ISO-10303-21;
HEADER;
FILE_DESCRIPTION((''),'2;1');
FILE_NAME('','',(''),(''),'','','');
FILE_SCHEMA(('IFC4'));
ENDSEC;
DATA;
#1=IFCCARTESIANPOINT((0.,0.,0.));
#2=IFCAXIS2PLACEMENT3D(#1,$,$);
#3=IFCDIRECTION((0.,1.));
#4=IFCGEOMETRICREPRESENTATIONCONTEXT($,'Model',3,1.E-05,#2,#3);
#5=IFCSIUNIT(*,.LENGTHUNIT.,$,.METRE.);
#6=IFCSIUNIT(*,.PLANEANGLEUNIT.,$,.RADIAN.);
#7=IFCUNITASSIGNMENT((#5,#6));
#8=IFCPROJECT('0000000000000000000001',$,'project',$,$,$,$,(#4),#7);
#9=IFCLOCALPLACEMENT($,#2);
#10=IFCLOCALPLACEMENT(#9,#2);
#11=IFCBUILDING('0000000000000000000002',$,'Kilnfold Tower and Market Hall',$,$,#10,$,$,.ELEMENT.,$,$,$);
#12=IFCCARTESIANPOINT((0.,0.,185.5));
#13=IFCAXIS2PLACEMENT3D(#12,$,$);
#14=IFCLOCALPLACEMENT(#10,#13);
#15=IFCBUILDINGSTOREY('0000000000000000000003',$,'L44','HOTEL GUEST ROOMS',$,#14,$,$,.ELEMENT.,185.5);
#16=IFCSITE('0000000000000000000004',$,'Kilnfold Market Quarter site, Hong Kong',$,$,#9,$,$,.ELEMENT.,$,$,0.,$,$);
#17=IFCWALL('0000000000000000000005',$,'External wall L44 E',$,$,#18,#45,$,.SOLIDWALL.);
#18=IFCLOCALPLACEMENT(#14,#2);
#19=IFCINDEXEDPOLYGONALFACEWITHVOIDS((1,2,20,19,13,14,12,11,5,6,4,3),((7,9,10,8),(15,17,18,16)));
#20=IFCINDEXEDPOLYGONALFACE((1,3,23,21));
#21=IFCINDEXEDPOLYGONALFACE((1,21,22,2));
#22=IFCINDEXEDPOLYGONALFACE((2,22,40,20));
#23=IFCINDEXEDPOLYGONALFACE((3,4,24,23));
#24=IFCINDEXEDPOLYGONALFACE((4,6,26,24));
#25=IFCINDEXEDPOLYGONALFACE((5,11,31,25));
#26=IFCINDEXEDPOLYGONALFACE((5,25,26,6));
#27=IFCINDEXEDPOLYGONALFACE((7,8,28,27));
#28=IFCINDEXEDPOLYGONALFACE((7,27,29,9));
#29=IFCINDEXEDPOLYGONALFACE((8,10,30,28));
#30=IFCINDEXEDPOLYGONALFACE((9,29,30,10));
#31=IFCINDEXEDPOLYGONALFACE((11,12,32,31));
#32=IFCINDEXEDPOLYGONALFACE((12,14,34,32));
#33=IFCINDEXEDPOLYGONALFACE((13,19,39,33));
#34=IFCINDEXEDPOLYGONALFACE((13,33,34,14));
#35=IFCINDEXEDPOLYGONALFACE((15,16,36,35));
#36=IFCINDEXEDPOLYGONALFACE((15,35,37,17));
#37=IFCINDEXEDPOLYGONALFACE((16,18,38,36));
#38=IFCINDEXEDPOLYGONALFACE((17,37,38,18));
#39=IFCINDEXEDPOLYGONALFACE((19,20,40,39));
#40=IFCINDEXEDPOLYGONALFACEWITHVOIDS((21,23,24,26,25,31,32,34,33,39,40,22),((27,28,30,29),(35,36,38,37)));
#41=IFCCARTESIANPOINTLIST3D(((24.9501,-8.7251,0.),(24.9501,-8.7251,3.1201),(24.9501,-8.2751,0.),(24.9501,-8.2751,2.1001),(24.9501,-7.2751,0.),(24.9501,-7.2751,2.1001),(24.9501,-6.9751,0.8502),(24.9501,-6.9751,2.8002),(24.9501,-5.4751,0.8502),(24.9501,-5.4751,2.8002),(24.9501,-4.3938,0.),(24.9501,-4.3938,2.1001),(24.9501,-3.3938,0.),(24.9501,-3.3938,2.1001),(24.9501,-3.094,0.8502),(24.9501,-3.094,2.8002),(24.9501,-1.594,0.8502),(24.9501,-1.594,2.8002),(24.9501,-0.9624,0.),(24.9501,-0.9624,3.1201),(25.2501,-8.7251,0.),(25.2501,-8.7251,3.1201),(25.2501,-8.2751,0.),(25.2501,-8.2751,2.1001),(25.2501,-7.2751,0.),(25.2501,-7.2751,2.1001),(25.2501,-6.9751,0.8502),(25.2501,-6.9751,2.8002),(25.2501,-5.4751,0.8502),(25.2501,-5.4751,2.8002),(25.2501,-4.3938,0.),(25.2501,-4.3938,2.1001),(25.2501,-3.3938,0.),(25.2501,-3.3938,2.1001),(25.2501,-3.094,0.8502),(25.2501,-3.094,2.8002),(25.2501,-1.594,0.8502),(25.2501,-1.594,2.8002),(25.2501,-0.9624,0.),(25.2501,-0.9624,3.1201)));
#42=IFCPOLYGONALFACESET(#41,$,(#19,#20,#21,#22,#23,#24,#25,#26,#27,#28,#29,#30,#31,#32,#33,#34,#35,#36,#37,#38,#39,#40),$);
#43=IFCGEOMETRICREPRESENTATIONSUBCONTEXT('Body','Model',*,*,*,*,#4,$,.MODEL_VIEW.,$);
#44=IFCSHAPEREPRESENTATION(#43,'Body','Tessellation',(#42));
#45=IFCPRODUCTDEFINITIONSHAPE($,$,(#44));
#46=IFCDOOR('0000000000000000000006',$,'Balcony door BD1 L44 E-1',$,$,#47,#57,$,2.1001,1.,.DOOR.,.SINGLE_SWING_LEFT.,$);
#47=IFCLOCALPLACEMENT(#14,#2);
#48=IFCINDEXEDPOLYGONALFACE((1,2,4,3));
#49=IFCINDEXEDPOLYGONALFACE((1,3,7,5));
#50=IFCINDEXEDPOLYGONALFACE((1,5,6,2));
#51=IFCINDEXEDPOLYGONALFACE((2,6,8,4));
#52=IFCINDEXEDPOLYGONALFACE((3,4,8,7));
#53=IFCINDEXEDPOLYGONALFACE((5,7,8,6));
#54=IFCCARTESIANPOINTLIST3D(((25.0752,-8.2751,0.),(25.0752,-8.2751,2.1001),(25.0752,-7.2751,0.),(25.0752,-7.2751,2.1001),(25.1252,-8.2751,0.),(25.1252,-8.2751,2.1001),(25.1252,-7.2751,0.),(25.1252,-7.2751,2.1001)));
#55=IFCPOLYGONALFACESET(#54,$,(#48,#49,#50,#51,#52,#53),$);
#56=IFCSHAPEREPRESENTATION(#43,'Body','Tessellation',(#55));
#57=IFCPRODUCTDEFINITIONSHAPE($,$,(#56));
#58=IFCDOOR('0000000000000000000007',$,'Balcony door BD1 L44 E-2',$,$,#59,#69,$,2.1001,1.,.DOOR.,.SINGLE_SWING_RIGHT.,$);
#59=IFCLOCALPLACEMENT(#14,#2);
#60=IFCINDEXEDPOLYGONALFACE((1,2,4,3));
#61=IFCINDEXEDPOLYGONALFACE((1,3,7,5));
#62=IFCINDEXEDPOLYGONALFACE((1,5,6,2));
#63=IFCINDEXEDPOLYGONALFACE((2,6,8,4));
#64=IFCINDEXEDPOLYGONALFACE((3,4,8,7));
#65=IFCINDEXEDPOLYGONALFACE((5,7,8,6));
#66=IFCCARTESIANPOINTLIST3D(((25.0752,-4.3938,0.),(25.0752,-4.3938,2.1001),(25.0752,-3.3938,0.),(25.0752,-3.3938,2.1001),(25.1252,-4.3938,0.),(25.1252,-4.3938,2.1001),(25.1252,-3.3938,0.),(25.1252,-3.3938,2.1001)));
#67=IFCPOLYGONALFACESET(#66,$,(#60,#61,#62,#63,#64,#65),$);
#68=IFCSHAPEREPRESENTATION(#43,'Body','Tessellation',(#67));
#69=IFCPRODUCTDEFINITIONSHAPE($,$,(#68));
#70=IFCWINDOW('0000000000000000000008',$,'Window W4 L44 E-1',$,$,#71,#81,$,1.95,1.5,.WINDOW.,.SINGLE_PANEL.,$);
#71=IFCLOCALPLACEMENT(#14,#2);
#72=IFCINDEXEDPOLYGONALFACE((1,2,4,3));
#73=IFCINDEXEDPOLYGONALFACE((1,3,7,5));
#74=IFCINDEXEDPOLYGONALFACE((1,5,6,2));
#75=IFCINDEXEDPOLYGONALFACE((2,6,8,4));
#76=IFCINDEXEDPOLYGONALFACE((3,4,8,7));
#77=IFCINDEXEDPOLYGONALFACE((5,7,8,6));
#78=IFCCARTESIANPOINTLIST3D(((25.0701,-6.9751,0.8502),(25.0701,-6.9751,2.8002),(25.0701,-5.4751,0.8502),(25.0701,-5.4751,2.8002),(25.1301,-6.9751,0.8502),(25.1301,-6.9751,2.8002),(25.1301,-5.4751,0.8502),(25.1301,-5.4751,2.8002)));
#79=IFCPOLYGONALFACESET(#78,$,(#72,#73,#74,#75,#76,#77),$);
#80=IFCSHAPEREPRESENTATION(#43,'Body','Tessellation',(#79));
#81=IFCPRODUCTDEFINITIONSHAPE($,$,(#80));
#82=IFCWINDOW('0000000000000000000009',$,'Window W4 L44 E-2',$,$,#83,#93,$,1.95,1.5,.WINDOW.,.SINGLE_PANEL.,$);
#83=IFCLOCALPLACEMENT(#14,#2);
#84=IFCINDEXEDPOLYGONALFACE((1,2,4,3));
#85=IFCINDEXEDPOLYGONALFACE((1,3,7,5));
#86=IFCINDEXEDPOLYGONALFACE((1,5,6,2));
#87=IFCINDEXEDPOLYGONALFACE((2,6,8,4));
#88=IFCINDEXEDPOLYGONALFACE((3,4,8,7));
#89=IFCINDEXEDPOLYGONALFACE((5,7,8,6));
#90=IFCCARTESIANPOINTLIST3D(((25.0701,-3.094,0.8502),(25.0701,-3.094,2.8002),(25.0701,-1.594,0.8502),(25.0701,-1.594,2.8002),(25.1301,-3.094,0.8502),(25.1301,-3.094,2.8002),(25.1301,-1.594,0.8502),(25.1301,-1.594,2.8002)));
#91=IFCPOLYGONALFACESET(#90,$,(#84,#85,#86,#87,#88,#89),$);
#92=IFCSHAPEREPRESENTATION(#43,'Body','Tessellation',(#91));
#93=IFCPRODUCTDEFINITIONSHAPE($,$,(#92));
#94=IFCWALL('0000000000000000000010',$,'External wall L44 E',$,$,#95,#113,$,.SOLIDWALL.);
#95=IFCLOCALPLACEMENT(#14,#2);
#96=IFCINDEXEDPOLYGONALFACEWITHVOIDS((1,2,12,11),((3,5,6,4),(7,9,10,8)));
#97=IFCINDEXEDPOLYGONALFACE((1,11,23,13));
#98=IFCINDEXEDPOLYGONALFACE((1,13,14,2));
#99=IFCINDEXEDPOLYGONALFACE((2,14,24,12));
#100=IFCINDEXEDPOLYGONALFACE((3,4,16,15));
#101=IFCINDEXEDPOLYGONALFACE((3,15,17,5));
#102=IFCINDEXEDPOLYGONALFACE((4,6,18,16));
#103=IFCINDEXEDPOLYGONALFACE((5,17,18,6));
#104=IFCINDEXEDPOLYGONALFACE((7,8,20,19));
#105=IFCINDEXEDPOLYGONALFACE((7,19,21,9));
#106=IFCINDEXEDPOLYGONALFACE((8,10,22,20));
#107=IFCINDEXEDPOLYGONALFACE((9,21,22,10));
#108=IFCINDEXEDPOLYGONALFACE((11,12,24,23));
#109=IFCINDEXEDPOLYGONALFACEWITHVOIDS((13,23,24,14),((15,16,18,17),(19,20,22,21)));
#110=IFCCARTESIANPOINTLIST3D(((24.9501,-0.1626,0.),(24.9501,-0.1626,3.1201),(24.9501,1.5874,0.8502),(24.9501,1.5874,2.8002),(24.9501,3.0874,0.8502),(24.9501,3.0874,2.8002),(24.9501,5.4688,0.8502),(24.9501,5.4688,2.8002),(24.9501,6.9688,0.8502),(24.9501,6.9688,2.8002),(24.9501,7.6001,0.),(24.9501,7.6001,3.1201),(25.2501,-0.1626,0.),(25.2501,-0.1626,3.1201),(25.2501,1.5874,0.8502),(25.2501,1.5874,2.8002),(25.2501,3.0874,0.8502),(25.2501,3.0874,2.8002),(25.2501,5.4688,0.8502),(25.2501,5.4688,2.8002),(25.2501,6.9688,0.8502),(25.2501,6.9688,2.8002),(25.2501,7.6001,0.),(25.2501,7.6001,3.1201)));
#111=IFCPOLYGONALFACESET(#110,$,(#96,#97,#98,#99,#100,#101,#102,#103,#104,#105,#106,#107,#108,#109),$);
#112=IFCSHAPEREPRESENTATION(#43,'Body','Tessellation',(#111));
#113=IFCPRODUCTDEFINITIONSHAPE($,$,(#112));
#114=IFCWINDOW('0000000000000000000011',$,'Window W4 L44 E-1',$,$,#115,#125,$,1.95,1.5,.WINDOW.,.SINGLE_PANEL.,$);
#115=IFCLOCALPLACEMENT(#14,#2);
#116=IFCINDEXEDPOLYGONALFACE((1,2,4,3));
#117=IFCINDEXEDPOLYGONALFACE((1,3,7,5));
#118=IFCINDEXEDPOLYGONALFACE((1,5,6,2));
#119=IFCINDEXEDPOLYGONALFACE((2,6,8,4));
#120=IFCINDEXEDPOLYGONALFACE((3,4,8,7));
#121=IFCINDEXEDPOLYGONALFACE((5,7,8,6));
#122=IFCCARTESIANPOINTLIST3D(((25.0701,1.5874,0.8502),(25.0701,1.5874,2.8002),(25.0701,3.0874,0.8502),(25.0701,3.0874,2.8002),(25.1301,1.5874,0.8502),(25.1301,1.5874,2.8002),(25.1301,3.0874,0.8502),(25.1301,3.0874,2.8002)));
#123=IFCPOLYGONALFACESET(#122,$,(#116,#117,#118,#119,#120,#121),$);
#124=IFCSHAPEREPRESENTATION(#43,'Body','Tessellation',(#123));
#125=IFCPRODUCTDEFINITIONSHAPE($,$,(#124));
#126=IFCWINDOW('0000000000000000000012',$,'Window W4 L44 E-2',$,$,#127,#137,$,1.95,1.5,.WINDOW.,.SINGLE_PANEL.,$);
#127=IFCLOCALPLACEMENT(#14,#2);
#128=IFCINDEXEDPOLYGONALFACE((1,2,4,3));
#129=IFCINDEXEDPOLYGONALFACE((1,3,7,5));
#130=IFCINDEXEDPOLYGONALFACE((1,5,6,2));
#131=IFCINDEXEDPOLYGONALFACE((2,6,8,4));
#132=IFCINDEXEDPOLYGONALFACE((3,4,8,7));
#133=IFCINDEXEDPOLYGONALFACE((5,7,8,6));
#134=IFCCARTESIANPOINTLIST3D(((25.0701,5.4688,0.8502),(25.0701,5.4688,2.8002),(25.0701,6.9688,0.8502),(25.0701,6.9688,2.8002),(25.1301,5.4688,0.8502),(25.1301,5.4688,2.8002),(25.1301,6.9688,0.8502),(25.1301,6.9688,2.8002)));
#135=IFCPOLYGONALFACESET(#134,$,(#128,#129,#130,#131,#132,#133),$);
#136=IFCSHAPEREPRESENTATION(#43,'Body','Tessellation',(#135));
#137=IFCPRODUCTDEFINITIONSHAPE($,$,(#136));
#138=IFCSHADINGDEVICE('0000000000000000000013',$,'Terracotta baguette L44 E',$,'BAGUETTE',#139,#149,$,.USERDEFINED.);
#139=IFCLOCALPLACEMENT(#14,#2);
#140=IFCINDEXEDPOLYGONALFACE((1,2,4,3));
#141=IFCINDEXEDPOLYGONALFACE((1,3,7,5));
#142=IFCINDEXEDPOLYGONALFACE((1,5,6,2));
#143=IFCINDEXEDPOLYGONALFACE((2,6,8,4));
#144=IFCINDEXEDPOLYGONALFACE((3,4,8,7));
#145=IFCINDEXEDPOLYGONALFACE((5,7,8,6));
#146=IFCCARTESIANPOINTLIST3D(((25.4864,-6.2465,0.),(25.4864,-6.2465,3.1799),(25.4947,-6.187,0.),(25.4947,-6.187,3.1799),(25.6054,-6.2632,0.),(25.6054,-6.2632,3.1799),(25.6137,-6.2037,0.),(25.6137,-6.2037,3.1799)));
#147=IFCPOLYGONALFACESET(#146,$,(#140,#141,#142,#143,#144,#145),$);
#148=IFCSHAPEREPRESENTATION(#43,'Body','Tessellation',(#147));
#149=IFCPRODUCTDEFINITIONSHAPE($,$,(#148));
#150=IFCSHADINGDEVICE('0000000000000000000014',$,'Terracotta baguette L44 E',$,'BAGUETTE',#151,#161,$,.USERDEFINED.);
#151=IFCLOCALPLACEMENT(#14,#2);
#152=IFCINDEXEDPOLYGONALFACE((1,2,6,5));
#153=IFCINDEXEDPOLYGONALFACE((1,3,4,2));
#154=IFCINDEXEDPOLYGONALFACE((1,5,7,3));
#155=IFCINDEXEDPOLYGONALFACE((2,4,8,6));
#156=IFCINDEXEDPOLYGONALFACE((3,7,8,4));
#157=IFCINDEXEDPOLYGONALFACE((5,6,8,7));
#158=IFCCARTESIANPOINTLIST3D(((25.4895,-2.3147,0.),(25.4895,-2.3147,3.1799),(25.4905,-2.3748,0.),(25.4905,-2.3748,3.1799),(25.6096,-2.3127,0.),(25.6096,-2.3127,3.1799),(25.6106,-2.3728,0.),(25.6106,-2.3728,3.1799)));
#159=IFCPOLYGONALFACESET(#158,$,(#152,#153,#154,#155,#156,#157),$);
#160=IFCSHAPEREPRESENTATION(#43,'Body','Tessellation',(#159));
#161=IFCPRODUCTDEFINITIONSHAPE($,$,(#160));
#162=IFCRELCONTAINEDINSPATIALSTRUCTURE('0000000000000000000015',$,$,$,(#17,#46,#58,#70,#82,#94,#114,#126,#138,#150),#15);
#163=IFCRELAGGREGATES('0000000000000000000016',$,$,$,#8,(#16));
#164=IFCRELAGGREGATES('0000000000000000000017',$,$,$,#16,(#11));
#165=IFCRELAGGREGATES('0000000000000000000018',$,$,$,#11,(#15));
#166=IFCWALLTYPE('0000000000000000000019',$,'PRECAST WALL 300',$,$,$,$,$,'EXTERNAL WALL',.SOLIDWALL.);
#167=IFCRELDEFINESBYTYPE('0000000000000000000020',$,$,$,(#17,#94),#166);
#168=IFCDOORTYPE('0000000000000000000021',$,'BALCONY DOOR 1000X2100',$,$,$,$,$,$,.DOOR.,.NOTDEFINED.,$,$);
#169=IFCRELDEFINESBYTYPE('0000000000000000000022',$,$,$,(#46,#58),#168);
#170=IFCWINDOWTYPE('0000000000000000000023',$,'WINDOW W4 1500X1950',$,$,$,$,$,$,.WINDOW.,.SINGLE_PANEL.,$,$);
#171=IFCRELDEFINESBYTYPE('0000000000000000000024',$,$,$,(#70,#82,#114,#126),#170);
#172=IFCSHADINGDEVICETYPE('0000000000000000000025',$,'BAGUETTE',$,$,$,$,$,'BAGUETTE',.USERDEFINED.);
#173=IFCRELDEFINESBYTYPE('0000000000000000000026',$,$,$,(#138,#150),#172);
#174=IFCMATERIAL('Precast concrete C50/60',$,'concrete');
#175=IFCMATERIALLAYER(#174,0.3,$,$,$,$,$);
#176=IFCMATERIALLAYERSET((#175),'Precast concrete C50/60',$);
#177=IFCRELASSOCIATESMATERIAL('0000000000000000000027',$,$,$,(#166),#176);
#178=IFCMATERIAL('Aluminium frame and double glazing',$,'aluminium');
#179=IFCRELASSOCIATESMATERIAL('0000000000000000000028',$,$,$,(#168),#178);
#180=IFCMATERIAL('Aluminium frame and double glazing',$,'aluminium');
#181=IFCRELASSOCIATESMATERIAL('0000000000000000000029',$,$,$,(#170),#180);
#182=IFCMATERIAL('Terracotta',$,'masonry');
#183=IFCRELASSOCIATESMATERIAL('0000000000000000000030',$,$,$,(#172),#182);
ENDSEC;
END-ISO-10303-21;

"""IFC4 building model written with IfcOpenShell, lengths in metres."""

from ifc_helpers import new_model, si_unit, direction, frame, frame_2d, origin, origin_2d, place, context, subcontext, project, spatial, rectangle, extrude, source, transform, mapped, material, layer, layer_set, material_profile, profile_set, type_object, element, fill, save


model = new_model("IFC4")

# Units and contexts
model_context = context("Model", 3, precision=1e-05, world=origin(), true_north=direction((0.0, 1.0)))
body_context = subcontext(model_context, "Body", "Model", "MODEL_VIEW")
ifc_project = project(units=[si_unit("LENGTHUNIT", "METRE"), si_unit("PLANEANGLEUNIT", "RADIAN")], contexts=[model_context])

# Site, building, storey
site_placement = place(None, origin())
site = spatial("IfcSite", under=ifc_project, at=site_placement, Name="Kilnfold Market Quarter site, Hong Kong", CompositionType="ELEMENT", RefElevation=0.0)
building_placement = place(site_placement, origin())
building = spatial("IfcBuilding", under=site, at=building_placement, Name="Kilnfold Tower and Market Hall", CompositionType="ELEMENT")
storey_placement = place(building_placement, frame((0.0, 0.0, 185.5)))
storey = spatial("IfcBuildingStorey", under=building, at=storey_placement, Name="L44", Description="HOTEL GUEST ROOMS", CompositionType="ELEMENT", Elevation=185.5)

# Wall, openings, doors, windows
ifc_material_1 = material(Name="Precast concrete C50/60", Category="concrete")
ifc_layer_1 = layer(ifc_material_1, 0.3)
ifc_layer_set_1 = layer_set([ifc_layer_1], Name="Precast concrete C50/60")
wall_type_1 = type_object("IfcWallType", Name="PRECAST WALL 300", ElementType="EXTERNAL WALL", PredefinedType="SOLIDWALL", material=ifc_layer_set_1)
shared_shape_1 = source(origin(), body_context, "Body", "SweptSolid", [
    extrude(rectangle(XDim=7.7627, YDim=0.3, at=frame_2d((3.8813, 0.0))), origin(), (0.0, 0.0, 1.0), 3.1201),
])
wall_1_placement = place(storey_placement, frame((25.1001, -8.7251, 0.0), z_axis=(0.0, 0.0, 1.0), x_axis=(0.0, 1.0, 0.0)))
wall_1 = element("IfcWall", 1, at=wall_1_placement, inside=storey, type_object=wall_type_1, Name="External wall L44 E", PredefinedType="SOLIDWALL", context=body_context, shape_type="MappedRepresentation", body=[
    mapped(shared_shape_1, transform((0.0, 0.0, 0.0))),
])
opening_1_placement = place(wall_1_placement, frame((1.75, 0.0, 0.8501)))
opening_1 = element("IfcOpeningElement", 2, at=opening_1_placement, cuts=wall_1, PredefinedType="OPENING", context=body_context, shape_type="SweptSolid", body=[
    extrude(rectangle(XDim=1.5, YDim=1.95, at=frame_2d((0.75, 0.9751))), frame((0.0, 0.1602, 0.0), z_axis=(0.0, -1.0, 0.0), x_axis=(1.0, 0.0, 0.0)), (0.0, 0.0, 1.0), 0.3201),
])
opening_2_placement = place(wall_1_placement, frame((0.45, 0.0, 0.0)))
opening_2 = element("IfcOpeningElement", 3, at=opening_2_placement, cuts=wall_1, PredefinedType="OPENING", context=body_context, shape_type="SweptSolid", body=[
    extrude(rectangle(XDim=1.0, YDim=2.1001, at=frame_2d((0.5, 1.05))), frame((0.0, 0.1602, 0.0), z_axis=(0.0, -1.0, 0.0), x_axis=(1.0, 0.0, 0.0)), (0.0, 0.0, 1.0), 0.3201),
])
opening_3_placement = place(wall_1_placement, frame((5.6311, 0.0, 0.8501)))
opening_3 = element("IfcOpeningElement", 4, at=opening_3_placement, cuts=wall_1, PredefinedType="OPENING", context=body_context, shape_type="SweptSolid", body=[
    extrude(rectangle(XDim=1.5, YDim=1.95, at=frame_2d((0.75, 0.9751))), frame((0.0, 0.1602, 0.0), z_axis=(0.0, -1.0, 0.0), x_axis=(1.0, 0.0, 0.0)), (0.0, 0.0, 1.0), 0.3201),
])
opening_4_placement = place(wall_1_placement, frame((4.3313, 0.0, 0.0)))
opening_4 = element("IfcOpeningElement", 5, at=opening_4_placement, cuts=wall_1, PredefinedType="OPENING", context=body_context, shape_type="SweptSolid", body=[
    extrude(rectangle(XDim=1.0, YDim=2.1001, at=frame_2d((0.5, 1.05))), frame((0.0, 0.1602, 0.0), z_axis=(0.0, -1.0, 0.0), x_axis=(1.0, 0.0, 0.0)), (0.0, 0.0, 1.0), 0.3201),
])
ifc_material_2 = material(Name="Aluminium frame and double glazing", Category="aluminium")
door_type_1 = type_object("IfcDoorType", Name="BALCONY DOOR 1000X2100", OperationType="NOTDEFINED", PredefinedType="DOOR", material=ifc_material_2)
door_1_placement = place(opening_2_placement, origin())
door_1 = element("IfcDoor", 6, at=door_1_placement, inside=storey, type_object=door_type_1, Name="Balcony door BD1 L44 E-1", OperationType="SINGLE_SWING_LEFT", OverallHeight=2.1001, OverallWidth=1.0, PredefinedType="DOOR", context=body_context, shape_type="SweptSolid", body=[
    extrude(rectangle(XDim=1.0, YDim=2.1001, at=frame_2d((0.5, 1.05))), frame((0.0, 0.0249, 0.0), z_axis=(0.0, -1.0, 0.0), x_axis=(1.0, 0.0, 0.0)), (0.0, 0.0, 1.0), 0.05),
])
fill(opening_2, door_1)
door_2_placement = place(opening_4_placement, origin())
door_2 = element("IfcDoor", 7, at=door_2_placement, inside=storey, type_object=door_type_1, Name="Balcony door BD1 L44 E-2", OperationType="SINGLE_SWING_RIGHT", OverallHeight=2.1001, OverallWidth=1.0, PredefinedType="DOOR", context=body_context, shape_type="SweptSolid", body=[
    extrude(rectangle(XDim=1.0, YDim=2.1001, at=frame_2d((0.5, 1.05))), frame((0.0, 0.0249, 0.0), z_axis=(0.0, -1.0, 0.0), x_axis=(1.0, 0.0, 0.0)), (0.0, 0.0, 1.0), 0.05),
])
fill(opening_4, door_2)
ifc_material_3 = material(Name="Aluminium frame and double glazing", Category="aluminium")
window_type = type_object("IfcWindowType", Name="WINDOW W4 1500X1950", PartitioningType="SINGLE_PANEL", PredefinedType="WINDOW", material=ifc_material_3)
window_1_placement = place(opening_1_placement, origin())
window_1 = element("IfcWindow", 8, at=window_1_placement, inside=storey, type_object=window_type, Name="Window W4 L44 E-1", OverallHeight=1.95, OverallWidth=1.5, PartitioningType="SINGLE_PANEL", PredefinedType="WINDOW", context=body_context, shape_type="SweptSolid", body=[
    extrude(rectangle(XDim=1.5, YDim=1.95, at=frame_2d((0.75, 0.9751))), frame((0.0, 0.03, 0.0), z_axis=(0.0, -1.0, 0.0), x_axis=(1.0, 0.0, 0.0)), (0.0, 0.0, 1.0), 0.0601),
])
fill(opening_1, window_1)
window_2_placement = place(opening_3_placement, origin())
window_2 = element("IfcWindow", 9, at=window_2_placement, inside=storey, type_object=window_type, Name="Window W4 L44 E-2", OverallHeight=1.95, OverallWidth=1.5, PartitioningType="SINGLE_PANEL", PredefinedType="WINDOW", context=body_context, shape_type="SweptSolid", body=[
    extrude(rectangle(XDim=1.5, YDim=1.95, at=frame_2d((0.75, 0.9751))), frame((0.0, 0.03, 0.0), z_axis=(0.0, -1.0, 0.0), x_axis=(1.0, 0.0, 0.0)), (0.0, 0.0, 1.0), 0.0601),
])
fill(opening_3, window_2)

# Wall, openings, windows
wall_2_placement = place(storey_placement, frame((25.1001, -0.1626, 0.0), z_axis=(0.0, 0.0, 1.0), x_axis=(0.0, 1.0, 0.0)))
wall_2 = element("IfcWall", 10, at=wall_2_placement, inside=storey, type_object=wall_type_1, Name="External wall L44 E", PredefinedType="SOLIDWALL", context=body_context, shape_type="MappedRepresentation", body=[
    mapped(shared_shape_1, transform((0.0, 0.0, 0.0))),
])
opening_5_placement = place(wall_2_placement, frame((1.75, 0.0, 0.8501)))
opening_5 = element("IfcOpeningElement", 11, at=opening_5_placement, cuts=wall_2, PredefinedType="OPENING", context=body_context, shape_type="SweptSolid", body=[
    extrude(rectangle(XDim=1.5, YDim=1.95, at=frame_2d((0.75, 0.9751))), frame((0.0, 0.1602, 0.0), z_axis=(0.0, -1.0, 0.0), x_axis=(1.0, 0.0, 0.0)), (0.0, 0.0, 1.0), 0.3201),
])
opening_6_placement = place(wall_2_placement, frame((5.6313, 0.0, 0.8501)))
opening_6 = element("IfcOpeningElement", 12, at=opening_6_placement, cuts=wall_2, PredefinedType="OPENING", context=body_context, shape_type="SweptSolid", body=[
    extrude(rectangle(XDim=1.5, YDim=1.95, at=frame_2d((0.75, 0.9751))), frame((0.0, 0.1602, 0.0), z_axis=(0.0, -1.0, 0.0), x_axis=(1.0, 0.0, 0.0)), (0.0, 0.0, 1.0), 0.3201),
])
window_3_placement = place(opening_5_placement, origin())
window_3 = element("IfcWindow", 13, at=window_3_placement, inside=storey, type_object=window_type, Name="Window W4 L44 E-1", OverallHeight=1.95, OverallWidth=1.5, PartitioningType="SINGLE_PANEL", PredefinedType="WINDOW", context=body_context, shape_type="SweptSolid", body=[
    extrude(rectangle(XDim=1.5, YDim=1.95, at=frame_2d((0.75, 0.9751))), frame((0.0, 0.03, 0.0), z_axis=(0.0, -1.0, 0.0), x_axis=(1.0, 0.0, 0.0)), (0.0, 0.0, 1.0), 0.0601),
])
fill(opening_5, window_3)
window_4_placement = place(opening_6_placement, origin())
window_4 = element("IfcWindow", 14, at=window_4_placement, inside=storey, type_object=window_type, Name="Window W4 L44 E-2", OverallHeight=1.95, OverallWidth=1.5, PartitioningType="SINGLE_PANEL", PredefinedType="WINDOW", context=body_context, shape_type="SweptSolid", body=[
    extrude(rectangle(XDim=1.5, YDim=1.95, at=frame_2d((0.75, 0.9751))), frame((0.0, 0.03, 0.0), z_axis=(0.0, -1.0, 0.0), x_axis=(1.0, 0.0, 0.0)), (0.0, 0.0, 1.0), 0.0601),
])
fill(opening_6, window_4)

# Shading devices
ifc_material_4 = material(Name="Terracotta", Category="masonry")
ifc_material_profile_1 = material_profile(ifc_material_4, rectangle(XDim=0.0601, YDim=0.1201, at=origin_2d()), Name="BAG 60x120")
ifc_profile_set_1 = profile_set([ifc_material_profile_1], Name="Terracotta")
shading_device_type = type_object("IfcShadingDeviceType", Name="BAGUETTE", ElementType="BAGUETTE", PredefinedType="USERDEFINED", material=ifc_profile_set_1)
shared_shape_2 = source(origin(), body_context, "Body", "SweptSolid", [
    extrude(rectangle(XDim=0.0601, YDim=0.1201, at=origin_2d()), origin(), (0.0, 0.0, 1.0), 3.1799),
])
for number, where, z_axis, x_axis, name in (
    (15, (25.55, -6.2251, 0.0), (0.0, 0.0, 1.0), (0.138995, 0.990293, 0.0), "Terracotta baguette L44 E"),
    (16, (25.55, -2.3438, 0.0), (0.0, 0.0, 1.0), (-0.016749, 0.99986, 0.0), "Terracotta baguette L44 E"),
):
    element("IfcShadingDevice", number, at=place(storey_placement, frame(where, z_axis=z_axis, x_axis=x_axis)), inside=storey, type_object=shading_device_type, Name=name, ObjectType="BAGUETTE", PredefinedType="USERDEFINED", context=body_context, shape_type="MappedRepresentation", body=[
        mapped(shared_shape_2, transform((0.0, 0.0, 0.0))),
    ])

save(model, "model.ifc")
